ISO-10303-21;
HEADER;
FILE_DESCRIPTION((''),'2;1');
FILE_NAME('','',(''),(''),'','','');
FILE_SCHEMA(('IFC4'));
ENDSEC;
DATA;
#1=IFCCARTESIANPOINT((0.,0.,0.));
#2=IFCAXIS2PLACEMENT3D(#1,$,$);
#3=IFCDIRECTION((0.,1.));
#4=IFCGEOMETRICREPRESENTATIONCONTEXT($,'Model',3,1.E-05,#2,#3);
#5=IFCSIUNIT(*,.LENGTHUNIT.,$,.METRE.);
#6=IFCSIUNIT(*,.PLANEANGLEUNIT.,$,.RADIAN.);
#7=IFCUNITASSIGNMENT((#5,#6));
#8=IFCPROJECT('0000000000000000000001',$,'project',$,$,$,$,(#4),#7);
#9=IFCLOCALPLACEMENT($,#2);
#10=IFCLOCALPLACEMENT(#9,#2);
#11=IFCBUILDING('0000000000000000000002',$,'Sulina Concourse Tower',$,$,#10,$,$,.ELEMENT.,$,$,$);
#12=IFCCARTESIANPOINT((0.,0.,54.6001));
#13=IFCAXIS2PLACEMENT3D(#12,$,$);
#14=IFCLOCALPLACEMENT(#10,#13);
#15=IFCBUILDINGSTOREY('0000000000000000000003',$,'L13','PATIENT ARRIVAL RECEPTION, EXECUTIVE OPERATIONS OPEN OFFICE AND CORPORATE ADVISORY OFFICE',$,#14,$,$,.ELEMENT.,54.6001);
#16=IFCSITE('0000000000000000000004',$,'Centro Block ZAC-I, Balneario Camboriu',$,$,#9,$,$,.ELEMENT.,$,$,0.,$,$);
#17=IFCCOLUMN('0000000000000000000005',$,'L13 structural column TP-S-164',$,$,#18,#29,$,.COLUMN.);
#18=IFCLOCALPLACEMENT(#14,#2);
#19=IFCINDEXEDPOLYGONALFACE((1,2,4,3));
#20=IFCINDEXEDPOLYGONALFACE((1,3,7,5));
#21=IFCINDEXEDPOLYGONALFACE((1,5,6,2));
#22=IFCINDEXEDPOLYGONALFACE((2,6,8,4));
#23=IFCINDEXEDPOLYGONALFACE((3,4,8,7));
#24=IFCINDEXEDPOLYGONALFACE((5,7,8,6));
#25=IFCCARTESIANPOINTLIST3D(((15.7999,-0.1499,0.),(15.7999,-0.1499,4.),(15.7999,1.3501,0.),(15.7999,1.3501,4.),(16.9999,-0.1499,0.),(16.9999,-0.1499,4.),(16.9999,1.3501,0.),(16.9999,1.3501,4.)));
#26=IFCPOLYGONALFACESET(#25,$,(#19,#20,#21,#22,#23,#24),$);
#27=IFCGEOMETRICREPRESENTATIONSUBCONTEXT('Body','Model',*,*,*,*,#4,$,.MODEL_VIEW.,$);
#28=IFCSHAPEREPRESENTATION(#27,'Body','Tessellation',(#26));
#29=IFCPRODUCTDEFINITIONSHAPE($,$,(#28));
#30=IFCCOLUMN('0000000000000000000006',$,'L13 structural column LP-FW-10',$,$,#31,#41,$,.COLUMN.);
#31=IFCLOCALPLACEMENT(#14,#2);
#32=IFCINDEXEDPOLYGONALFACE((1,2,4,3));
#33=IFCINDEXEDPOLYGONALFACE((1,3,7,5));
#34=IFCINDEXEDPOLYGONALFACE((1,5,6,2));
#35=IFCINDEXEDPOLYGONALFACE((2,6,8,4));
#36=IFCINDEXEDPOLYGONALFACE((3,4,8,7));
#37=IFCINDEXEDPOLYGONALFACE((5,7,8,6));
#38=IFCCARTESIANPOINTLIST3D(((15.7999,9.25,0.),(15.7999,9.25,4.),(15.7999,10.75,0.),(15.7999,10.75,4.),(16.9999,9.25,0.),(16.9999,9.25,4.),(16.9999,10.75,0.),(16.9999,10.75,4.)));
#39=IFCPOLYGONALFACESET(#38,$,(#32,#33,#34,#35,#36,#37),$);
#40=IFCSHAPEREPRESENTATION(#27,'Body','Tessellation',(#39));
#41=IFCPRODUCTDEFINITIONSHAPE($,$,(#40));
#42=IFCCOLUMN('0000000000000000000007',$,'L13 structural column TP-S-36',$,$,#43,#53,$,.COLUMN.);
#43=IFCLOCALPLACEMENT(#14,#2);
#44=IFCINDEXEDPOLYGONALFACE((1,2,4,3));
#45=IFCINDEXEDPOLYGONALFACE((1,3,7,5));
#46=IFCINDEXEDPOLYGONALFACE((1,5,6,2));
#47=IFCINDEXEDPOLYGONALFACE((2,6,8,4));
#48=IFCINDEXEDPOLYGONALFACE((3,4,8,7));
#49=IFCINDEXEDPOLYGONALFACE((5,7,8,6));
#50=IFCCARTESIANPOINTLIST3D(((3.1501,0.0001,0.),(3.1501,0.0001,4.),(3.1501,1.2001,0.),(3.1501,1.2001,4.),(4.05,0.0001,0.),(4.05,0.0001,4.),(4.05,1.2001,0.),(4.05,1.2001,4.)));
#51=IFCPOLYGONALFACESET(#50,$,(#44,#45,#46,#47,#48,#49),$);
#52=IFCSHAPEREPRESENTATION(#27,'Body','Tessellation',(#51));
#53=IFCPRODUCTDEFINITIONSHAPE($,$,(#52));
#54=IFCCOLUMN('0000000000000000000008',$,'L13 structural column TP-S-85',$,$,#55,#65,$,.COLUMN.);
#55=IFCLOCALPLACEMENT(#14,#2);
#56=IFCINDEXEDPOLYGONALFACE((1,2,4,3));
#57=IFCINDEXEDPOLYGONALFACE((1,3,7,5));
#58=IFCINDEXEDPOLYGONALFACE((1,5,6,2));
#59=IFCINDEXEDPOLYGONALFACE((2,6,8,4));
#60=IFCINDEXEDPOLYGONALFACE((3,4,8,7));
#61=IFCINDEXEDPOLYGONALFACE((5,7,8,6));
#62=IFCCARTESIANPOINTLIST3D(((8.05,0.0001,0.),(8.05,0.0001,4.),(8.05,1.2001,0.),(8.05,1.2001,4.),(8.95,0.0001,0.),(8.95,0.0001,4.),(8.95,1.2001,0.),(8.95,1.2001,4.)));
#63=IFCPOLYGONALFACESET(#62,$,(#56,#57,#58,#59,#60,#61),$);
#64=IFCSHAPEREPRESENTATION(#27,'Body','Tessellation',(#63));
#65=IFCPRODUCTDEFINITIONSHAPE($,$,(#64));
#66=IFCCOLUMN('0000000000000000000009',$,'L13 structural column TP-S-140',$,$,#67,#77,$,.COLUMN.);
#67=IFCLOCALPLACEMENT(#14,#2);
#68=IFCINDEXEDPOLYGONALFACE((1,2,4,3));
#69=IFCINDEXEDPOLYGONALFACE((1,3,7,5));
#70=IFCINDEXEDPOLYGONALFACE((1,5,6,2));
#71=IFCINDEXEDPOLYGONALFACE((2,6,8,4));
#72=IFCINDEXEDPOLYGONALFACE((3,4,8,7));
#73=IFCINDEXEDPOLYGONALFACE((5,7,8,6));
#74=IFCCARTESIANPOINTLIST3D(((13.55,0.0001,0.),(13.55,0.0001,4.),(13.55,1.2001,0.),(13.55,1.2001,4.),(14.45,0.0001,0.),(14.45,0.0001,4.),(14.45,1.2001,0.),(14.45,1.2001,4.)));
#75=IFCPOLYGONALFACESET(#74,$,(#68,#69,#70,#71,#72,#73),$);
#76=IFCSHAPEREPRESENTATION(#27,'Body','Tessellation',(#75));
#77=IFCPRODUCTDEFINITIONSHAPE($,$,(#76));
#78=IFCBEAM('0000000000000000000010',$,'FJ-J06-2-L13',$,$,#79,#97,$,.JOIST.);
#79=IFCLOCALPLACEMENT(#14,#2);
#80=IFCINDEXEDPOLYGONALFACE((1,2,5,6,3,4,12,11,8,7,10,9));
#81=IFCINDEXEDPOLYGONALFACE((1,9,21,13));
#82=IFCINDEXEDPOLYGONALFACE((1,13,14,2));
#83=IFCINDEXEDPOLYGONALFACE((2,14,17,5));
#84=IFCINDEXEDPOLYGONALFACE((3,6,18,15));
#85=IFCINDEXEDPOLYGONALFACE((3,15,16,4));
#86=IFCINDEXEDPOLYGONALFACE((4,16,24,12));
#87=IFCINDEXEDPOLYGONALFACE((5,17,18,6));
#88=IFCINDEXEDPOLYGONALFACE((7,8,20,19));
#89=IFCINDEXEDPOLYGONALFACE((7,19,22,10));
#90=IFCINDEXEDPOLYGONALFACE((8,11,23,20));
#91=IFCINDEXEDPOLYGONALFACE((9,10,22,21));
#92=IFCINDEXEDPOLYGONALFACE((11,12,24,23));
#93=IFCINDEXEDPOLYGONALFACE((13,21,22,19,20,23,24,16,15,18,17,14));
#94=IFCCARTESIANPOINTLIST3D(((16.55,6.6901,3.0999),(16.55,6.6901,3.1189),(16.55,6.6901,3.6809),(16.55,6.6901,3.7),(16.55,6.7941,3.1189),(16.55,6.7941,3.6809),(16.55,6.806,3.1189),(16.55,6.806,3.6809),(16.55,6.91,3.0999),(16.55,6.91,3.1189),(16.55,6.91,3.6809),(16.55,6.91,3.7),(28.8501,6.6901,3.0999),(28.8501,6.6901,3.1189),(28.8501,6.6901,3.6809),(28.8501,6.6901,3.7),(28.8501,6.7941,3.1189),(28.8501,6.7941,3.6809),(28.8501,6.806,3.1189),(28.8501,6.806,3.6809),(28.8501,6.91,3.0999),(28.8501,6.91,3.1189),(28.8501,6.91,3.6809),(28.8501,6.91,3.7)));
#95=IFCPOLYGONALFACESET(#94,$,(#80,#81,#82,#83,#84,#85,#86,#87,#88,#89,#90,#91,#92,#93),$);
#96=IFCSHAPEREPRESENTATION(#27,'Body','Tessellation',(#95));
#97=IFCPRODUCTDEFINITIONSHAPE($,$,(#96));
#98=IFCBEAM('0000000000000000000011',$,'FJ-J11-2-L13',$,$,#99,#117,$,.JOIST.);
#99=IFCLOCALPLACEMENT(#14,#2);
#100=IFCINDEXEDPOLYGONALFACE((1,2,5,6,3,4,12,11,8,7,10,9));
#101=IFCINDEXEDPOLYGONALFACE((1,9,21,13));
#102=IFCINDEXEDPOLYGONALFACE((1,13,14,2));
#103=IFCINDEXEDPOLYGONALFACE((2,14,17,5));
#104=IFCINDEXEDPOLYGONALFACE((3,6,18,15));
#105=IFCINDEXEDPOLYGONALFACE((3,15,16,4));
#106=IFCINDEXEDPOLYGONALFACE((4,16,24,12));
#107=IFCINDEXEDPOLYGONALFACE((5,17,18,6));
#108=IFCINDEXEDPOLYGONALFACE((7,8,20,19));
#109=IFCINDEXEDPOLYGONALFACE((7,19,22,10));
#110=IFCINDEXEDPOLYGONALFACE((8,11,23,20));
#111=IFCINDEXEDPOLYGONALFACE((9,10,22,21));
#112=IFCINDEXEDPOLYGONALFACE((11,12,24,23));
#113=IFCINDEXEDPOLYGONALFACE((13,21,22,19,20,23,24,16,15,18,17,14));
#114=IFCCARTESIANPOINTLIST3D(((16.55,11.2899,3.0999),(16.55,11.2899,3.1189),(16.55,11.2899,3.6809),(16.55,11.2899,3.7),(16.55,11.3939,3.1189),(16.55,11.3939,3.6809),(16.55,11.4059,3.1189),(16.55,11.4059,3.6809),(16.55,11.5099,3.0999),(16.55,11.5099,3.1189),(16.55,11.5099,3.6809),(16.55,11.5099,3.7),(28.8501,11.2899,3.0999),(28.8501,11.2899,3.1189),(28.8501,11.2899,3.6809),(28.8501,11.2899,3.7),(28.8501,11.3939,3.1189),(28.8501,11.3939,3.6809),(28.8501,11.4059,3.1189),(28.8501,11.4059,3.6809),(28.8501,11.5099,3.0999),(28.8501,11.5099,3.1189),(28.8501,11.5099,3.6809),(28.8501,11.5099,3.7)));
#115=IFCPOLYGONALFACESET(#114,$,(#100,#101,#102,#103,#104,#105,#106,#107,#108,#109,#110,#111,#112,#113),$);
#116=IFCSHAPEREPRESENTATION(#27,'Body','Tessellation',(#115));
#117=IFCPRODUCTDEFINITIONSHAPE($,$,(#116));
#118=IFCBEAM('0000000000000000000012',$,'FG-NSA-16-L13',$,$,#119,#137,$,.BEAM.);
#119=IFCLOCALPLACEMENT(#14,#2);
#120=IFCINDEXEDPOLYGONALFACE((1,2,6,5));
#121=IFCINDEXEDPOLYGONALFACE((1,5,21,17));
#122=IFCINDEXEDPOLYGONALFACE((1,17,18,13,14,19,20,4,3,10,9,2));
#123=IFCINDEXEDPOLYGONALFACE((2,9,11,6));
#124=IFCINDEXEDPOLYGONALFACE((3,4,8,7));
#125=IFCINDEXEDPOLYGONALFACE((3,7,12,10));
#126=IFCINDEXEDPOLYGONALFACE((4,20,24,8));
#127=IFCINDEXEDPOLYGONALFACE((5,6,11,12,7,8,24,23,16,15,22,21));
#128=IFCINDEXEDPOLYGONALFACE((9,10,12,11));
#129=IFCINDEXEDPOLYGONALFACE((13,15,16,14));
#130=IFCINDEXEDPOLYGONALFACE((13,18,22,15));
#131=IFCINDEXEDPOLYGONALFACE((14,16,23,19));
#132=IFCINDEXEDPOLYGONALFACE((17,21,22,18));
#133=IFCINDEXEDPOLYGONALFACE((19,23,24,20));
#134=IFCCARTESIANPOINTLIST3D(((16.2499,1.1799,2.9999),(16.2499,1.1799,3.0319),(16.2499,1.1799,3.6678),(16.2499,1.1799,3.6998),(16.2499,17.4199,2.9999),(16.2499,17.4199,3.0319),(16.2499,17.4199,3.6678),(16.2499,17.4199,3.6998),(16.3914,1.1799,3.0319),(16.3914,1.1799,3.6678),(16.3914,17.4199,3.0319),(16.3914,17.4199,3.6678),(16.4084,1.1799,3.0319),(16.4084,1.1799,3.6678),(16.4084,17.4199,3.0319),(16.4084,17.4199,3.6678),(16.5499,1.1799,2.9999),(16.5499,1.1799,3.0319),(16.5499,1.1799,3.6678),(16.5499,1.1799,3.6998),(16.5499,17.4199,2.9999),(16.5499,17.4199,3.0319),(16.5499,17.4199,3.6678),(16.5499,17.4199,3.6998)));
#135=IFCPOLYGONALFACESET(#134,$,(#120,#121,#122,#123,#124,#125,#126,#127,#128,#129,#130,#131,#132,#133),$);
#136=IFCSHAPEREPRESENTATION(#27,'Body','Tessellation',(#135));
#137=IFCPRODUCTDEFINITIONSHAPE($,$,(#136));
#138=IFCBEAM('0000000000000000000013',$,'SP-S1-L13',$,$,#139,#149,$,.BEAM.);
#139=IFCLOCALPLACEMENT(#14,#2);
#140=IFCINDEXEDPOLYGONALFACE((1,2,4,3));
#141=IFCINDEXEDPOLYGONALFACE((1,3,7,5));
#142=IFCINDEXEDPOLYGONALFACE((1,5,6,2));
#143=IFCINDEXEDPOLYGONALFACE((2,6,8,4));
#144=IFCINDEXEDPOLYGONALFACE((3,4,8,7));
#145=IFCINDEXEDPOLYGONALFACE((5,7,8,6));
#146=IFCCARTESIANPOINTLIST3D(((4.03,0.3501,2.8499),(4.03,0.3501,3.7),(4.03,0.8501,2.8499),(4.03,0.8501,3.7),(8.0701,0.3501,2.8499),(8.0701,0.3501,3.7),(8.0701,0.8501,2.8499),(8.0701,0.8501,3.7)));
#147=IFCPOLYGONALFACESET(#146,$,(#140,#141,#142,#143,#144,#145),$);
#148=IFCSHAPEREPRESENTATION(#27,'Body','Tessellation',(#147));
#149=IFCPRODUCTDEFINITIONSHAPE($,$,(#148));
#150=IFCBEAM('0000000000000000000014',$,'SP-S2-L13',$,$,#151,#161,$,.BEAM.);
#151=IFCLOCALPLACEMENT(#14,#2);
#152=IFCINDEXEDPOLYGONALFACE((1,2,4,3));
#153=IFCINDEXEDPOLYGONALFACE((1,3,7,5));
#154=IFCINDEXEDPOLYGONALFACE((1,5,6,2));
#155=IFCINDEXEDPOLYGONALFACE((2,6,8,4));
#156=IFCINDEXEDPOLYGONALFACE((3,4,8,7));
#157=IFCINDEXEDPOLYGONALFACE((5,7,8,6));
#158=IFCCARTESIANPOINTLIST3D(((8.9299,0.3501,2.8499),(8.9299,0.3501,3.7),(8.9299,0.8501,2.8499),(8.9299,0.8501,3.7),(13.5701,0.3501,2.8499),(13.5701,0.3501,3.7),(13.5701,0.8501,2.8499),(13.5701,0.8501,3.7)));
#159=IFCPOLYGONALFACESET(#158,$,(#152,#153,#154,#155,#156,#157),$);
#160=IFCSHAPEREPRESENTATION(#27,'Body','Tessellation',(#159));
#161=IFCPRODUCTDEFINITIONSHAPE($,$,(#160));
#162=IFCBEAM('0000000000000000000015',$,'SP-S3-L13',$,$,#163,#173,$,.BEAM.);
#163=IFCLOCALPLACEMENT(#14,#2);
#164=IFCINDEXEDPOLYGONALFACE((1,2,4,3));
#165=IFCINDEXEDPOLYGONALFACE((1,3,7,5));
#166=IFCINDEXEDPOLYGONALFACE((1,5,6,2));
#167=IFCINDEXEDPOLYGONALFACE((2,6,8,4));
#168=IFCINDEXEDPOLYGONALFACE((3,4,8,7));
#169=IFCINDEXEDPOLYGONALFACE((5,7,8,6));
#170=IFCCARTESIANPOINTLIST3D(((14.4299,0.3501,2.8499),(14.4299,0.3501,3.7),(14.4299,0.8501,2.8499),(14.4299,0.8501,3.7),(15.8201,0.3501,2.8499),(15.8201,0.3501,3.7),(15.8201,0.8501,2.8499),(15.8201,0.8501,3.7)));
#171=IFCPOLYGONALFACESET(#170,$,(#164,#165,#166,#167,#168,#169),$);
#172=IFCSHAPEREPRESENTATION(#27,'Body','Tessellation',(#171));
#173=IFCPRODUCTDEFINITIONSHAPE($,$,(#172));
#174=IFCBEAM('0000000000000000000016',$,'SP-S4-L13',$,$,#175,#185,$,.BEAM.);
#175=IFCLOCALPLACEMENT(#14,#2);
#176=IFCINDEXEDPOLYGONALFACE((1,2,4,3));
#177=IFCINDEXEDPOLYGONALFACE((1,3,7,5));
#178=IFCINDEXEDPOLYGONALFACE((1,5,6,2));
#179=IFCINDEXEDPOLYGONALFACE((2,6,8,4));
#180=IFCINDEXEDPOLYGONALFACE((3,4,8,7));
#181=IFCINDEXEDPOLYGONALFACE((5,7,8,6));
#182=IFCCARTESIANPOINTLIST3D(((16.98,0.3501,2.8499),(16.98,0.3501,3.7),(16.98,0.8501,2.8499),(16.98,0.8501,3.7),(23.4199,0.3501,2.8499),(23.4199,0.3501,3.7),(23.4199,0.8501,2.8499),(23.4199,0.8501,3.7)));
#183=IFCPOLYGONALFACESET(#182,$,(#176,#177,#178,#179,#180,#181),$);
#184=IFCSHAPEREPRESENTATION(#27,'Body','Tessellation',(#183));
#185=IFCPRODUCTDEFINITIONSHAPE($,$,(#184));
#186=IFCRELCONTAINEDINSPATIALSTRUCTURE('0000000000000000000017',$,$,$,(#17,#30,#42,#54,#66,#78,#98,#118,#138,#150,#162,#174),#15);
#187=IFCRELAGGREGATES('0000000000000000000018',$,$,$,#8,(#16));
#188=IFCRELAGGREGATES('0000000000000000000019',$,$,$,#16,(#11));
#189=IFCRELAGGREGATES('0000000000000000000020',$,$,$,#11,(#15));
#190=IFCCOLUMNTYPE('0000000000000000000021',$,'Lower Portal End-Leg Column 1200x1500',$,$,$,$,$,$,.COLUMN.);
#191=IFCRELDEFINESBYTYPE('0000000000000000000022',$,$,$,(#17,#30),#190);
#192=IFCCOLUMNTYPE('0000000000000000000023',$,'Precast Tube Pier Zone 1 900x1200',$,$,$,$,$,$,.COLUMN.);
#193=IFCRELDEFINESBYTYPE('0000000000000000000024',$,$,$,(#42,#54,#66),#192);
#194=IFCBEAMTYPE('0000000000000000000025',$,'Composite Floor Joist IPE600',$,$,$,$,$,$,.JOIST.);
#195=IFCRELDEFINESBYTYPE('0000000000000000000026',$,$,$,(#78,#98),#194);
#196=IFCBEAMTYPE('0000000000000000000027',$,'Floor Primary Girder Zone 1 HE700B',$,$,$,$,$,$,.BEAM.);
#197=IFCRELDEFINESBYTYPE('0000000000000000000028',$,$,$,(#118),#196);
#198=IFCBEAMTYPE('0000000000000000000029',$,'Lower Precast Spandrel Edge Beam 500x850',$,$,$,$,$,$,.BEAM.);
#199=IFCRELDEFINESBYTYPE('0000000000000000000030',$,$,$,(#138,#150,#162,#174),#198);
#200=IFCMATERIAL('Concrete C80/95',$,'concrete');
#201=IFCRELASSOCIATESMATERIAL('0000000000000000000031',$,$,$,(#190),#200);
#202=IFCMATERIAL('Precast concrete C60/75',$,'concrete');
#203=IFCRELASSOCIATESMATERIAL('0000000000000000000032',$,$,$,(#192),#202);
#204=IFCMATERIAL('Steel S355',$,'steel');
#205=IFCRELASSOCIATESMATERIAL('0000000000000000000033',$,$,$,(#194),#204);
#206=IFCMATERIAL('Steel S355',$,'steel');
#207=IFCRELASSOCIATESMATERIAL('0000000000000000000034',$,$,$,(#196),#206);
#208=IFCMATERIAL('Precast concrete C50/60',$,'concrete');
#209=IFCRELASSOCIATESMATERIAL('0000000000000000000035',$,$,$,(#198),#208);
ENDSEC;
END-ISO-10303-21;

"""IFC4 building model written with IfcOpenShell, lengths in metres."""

from ifc_helpers import new_model, si_unit, direction, frame, origin, origin_2d, place, context, subcontext, project, spatial, rectangle, i_section, extrude, material, material_profile, profile_set, type_object, element, save


model = new_model("IFC4")

# Units and contexts
model_context = context("Model", 3, precision=1e-05, world=origin(), true_north=direction((0.0, 1.0)))
body_context = subcontext(model_context, "Body", "Model", "MODEL_VIEW")
ifc_project = project(units=[si_unit("LENGTHUNIT", "METRE"), si_unit("PLANEANGLEUNIT", "RADIAN")], contexts=[model_context])

# Site, building, storey
site_placement = place(None, origin())
site = spatial("IfcSite", under=ifc_project, at=site_placement, Name="Centro Block ZAC-I, Balneario Camboriu", CompositionType="ELEMENT", RefElevation=0.0)
building_placement = place(site_placement, origin())
building = spatial("IfcBuilding", under=site, at=building_placement, Name="Sulina Concourse Tower", CompositionType="ELEMENT")
storey_placement = place(building_placement, frame((0.0, 0.0, 54.6001)))
storey = spatial("IfcBuildingStorey", under=building, at=storey_placement, Name="L13", Description="PATIENT ARRIVAL RECEPTION, EXECUTIVE OPERATIONS OPEN OFFICE AND CORPORATE ADVISORY OFFICE", CompositionType="ELEMENT", Elevation=54.6001)

# Columns
ifc_material_1 = material(Name="Concrete C80/95", Category="concrete")
ifc_material_profile_1 = material_profile(ifc_material_1, rectangle(XDim=1.2, YDim=1.5, at=origin_2d()), Name="RC 1200x1500")
ifc_profile_set_1 = profile_set([ifc_material_profile_1], Name="Concrete C80/95")
column_type_1 = type_object("IfcColumnType", Name="Lower Portal End-Leg Column 1200x1500", PredefinedType="COLUMN", material=ifc_profile_set_1)
for number, where, z_axis, x_axis, name in (
    (1, (16.3999, 0.6001, 0.0), (0.0, 0.0, 1.0), (1.0, 0.0, 0.0), "L13 structural column TP-S-164"),
    (2, (16.3999, 10.0, 0.0), (0.0, 0.0, 1.0), (1.0, 0.0, 0.0), "L13 structural column LP-FW-10"),
):
    element("IfcColumn", number, at=place(storey_placement, frame(where, z_axis=z_axis, x_axis=x_axis)), inside=storey, type_object=column_type_1, Name=name, PredefinedType="COLUMN", context=body_context, shape_type="SweptSolid", body=[
        extrude(rectangle(XDim=1.2, YDim=1.5, at=origin_2d()), origin(), (0.0, 0.0, 1.0), 4.0),
    ])
ifc_material_2 = material(Name="Precast concrete C60/75", Category="concrete")
ifc_material_profile_2 = material_profile(ifc_material_2, rectangle(XDim=0.8999, YDim=1.2, at=origin_2d()), Name="PC 900x1200")
ifc_profile_set_2 = profile_set([ifc_material_profile_2], Name="Precast concrete C60/75")
column_type_2 = type_object("IfcColumnType", Name="Precast Tube Pier Zone 1 900x1200", PredefinedType="COLUMN", material=ifc_profile_set_2)
for number, where, z_axis, x_axis, name in (
    (3, (3.6001, 0.6001, 0.0), (0.0, 0.0, 1.0), (1.0, 0.0, 0.0), "L13 structural column TP-S-36"),
    (4, (8.5, 0.6001, 0.0), (0.0, 0.0, 1.0), (1.0, 0.0, 0.0), "L13 structural column TP-S-85"),
    (5, (14.0, 0.6001, 0.0), (0.0, 0.0, 1.0), (1.0, 0.0, 0.0), "L13 structural column TP-S-140"),
):
    element("IfcColumn", number, at=place(storey_placement, frame(where, z_axis=z_axis, x_axis=x_axis)), inside=storey, type_object=column_type_2, Name=name, PredefinedType="COLUMN", context=body_context, shape_type="SweptSolid", body=[
        extrude(rectangle(XDim=0.8999, YDim=1.2, at=origin_2d()), origin(), (0.0, 0.0, 1.0), 4.0),
    ])

# Beams
ifc_material_3 = material(Name="Steel S355", Category="steel")
ifc_material_profile_3 = material_profile(ifc_material_3, i_section(OverallWidth=0.22, OverallDepth=0.6001, WebThickness=0.012, FlangeThickness=0.019, at=origin_2d()), Name="IPE 600")
ifc_profile_set_3 = profile_set([ifc_material_profile_3], Name="Steel S355")
beam_type_1 = type_object("IfcBeamType", Name="Composite Floor Joist IPE600", PredefinedType="JOIST", material=ifc_profile_set_3)
for number, where, z_axis, x_axis, name in (
    (6, (16.55, 6.8, 3.3999), (1.0, 0.0, 0.0), (0.0, 1.0, 0.0), "FJ-J06-2-L13"),
    (7, (16.55, 11.3999, 3.3999), (1.0, 0.0, 0.0), (0.0, 1.0, 0.0), "FJ-J11-2-L13"),
):
    element("IfcBeam", number, at=place(storey_placement, frame(where, z_axis=z_axis, x_axis=x_axis)), inside=storey, type_object=beam_type_1, Name=name, PredefinedType="JOIST", context=body_context, shape_type="SweptSolid", body=[
        extrude(i_section(OverallWidth=0.22, OverallDepth=0.6001, WebThickness=0.012, FlangeThickness=0.019, at=origin_2d()), origin(), (0.0, 0.0, 1.0), 12.3),
    ])
ifc_material_4 = material(Name="Steel S355", Category="steel")
ifc_material_profile_4 = material_profile(ifc_material_4, i_section(OverallWidth=0.3, OverallDepth=0.7, WebThickness=0.0171, FlangeThickness=0.032, at=origin_2d()), Name="HE 700 B")
ifc_profile_set_4 = profile_set([ifc_material_profile_4], Name="Steel S355")
beam_type_2 = type_object("IfcBeamType", Name="Floor Primary Girder Zone 1 HE700B", PredefinedType="BEAM", material=ifc_profile_set_4)
beam_1_placement = place(storey_placement, frame((16.3999, 1.1799, 3.3499), z_axis=(0.0, 1.0, 0.0), x_axis=(-1.0, 0.0, 0.0)))
element("IfcBeam", 8, at=beam_1_placement, inside=storey, type_object=beam_type_2, Name="FG-NSA-16-L13", PredefinedType="BEAM", context=body_context, shape_type="SweptSolid", body=[
    extrude(i_section(OverallWidth=0.3, OverallDepth=0.7, WebThickness=0.0171, FlangeThickness=0.032, at=origin_2d()), origin(), (0.0, 0.0, 1.0), 16.24),
])
ifc_material_5 = material(Name="Precast concrete C50/60", Category="concrete")
ifc_material_profile_5 = material_profile(ifc_material_5, rectangle(XDim=0.5, YDim=0.8501, at=origin_2d()), Name="RC 500x850")
ifc_profile_set_5 = profile_set([ifc_material_profile_5], Name="Precast concrete C50/60")
beam_type_3 = type_object("IfcBeamType", Name="Lower Precast Spandrel Edge Beam 500x850", PredefinedType="BEAM", material=ifc_profile_set_5)
beam_2_placement = place(storey_placement, frame((4.03, 0.6001, 3.2749), z_axis=(1.0, 0.0, 0.0), x_axis=(0.0, 1.0, 0.0)))
element("IfcBeam", 9, at=beam_2_placement, inside=storey, type_object=beam_type_3, Name="SP-S1-L13", PredefinedType="BEAM", context=body_context, shape_type="SweptSolid", body=[
    extrude(rectangle(XDim=0.5, YDim=0.8501, at=origin_2d()), origin(), (0.0, 0.0, 1.0), 4.04),
])
beam_3_placement = place(storey_placement, frame((8.9299, 0.6001, 3.2749), z_axis=(1.0, 0.0, 0.0), x_axis=(0.0, 1.0, 0.0)))
element("IfcBeam", 10, at=beam_3_placement, inside=storey, type_object=beam_type_3, Name="SP-S2-L13", PredefinedType="BEAM", context=body_context, shape_type="SweptSolid", body=[
    extrude(rectangle(XDim=0.5, YDim=0.8501, at=origin_2d()), origin(), (0.0, 0.0, 1.0), 4.6401),
])
beam_4_placement = place(storey_placement, frame((14.4299, 0.6001, 3.2749), z_axis=(1.0, 0.0, 0.0), x_axis=(0.0, 1.0, 0.0)))
element("IfcBeam", 11, at=beam_4_placement, inside=storey, type_object=beam_type_3, Name="SP-S3-L13", PredefinedType="BEAM", context=body_context, shape_type="SweptSolid", body=[
    extrude(rectangle(XDim=0.5, YDim=0.8501, at=origin_2d()), origin(), (0.0, 0.0, 1.0), 1.3901),
])
beam_5_placement = place(storey_placement, frame((16.98, 0.6001, 3.2749), z_axis=(1.0, 0.0, 0.0), x_axis=(0.0, 1.0, 0.0)))
element("IfcBeam", 12, at=beam_5_placement, inside=storey, type_object=beam_type_3, Name="SP-S4-L13", PredefinedType="BEAM", context=body_context, shape_type="SweptSolid", body=[
    extrude(rectangle(XDim=0.5, YDim=0.8501, at=origin_2d()), origin(), (0.0, 0.0, 1.0), 6.4399),
])

save(model, "model.ifc")
